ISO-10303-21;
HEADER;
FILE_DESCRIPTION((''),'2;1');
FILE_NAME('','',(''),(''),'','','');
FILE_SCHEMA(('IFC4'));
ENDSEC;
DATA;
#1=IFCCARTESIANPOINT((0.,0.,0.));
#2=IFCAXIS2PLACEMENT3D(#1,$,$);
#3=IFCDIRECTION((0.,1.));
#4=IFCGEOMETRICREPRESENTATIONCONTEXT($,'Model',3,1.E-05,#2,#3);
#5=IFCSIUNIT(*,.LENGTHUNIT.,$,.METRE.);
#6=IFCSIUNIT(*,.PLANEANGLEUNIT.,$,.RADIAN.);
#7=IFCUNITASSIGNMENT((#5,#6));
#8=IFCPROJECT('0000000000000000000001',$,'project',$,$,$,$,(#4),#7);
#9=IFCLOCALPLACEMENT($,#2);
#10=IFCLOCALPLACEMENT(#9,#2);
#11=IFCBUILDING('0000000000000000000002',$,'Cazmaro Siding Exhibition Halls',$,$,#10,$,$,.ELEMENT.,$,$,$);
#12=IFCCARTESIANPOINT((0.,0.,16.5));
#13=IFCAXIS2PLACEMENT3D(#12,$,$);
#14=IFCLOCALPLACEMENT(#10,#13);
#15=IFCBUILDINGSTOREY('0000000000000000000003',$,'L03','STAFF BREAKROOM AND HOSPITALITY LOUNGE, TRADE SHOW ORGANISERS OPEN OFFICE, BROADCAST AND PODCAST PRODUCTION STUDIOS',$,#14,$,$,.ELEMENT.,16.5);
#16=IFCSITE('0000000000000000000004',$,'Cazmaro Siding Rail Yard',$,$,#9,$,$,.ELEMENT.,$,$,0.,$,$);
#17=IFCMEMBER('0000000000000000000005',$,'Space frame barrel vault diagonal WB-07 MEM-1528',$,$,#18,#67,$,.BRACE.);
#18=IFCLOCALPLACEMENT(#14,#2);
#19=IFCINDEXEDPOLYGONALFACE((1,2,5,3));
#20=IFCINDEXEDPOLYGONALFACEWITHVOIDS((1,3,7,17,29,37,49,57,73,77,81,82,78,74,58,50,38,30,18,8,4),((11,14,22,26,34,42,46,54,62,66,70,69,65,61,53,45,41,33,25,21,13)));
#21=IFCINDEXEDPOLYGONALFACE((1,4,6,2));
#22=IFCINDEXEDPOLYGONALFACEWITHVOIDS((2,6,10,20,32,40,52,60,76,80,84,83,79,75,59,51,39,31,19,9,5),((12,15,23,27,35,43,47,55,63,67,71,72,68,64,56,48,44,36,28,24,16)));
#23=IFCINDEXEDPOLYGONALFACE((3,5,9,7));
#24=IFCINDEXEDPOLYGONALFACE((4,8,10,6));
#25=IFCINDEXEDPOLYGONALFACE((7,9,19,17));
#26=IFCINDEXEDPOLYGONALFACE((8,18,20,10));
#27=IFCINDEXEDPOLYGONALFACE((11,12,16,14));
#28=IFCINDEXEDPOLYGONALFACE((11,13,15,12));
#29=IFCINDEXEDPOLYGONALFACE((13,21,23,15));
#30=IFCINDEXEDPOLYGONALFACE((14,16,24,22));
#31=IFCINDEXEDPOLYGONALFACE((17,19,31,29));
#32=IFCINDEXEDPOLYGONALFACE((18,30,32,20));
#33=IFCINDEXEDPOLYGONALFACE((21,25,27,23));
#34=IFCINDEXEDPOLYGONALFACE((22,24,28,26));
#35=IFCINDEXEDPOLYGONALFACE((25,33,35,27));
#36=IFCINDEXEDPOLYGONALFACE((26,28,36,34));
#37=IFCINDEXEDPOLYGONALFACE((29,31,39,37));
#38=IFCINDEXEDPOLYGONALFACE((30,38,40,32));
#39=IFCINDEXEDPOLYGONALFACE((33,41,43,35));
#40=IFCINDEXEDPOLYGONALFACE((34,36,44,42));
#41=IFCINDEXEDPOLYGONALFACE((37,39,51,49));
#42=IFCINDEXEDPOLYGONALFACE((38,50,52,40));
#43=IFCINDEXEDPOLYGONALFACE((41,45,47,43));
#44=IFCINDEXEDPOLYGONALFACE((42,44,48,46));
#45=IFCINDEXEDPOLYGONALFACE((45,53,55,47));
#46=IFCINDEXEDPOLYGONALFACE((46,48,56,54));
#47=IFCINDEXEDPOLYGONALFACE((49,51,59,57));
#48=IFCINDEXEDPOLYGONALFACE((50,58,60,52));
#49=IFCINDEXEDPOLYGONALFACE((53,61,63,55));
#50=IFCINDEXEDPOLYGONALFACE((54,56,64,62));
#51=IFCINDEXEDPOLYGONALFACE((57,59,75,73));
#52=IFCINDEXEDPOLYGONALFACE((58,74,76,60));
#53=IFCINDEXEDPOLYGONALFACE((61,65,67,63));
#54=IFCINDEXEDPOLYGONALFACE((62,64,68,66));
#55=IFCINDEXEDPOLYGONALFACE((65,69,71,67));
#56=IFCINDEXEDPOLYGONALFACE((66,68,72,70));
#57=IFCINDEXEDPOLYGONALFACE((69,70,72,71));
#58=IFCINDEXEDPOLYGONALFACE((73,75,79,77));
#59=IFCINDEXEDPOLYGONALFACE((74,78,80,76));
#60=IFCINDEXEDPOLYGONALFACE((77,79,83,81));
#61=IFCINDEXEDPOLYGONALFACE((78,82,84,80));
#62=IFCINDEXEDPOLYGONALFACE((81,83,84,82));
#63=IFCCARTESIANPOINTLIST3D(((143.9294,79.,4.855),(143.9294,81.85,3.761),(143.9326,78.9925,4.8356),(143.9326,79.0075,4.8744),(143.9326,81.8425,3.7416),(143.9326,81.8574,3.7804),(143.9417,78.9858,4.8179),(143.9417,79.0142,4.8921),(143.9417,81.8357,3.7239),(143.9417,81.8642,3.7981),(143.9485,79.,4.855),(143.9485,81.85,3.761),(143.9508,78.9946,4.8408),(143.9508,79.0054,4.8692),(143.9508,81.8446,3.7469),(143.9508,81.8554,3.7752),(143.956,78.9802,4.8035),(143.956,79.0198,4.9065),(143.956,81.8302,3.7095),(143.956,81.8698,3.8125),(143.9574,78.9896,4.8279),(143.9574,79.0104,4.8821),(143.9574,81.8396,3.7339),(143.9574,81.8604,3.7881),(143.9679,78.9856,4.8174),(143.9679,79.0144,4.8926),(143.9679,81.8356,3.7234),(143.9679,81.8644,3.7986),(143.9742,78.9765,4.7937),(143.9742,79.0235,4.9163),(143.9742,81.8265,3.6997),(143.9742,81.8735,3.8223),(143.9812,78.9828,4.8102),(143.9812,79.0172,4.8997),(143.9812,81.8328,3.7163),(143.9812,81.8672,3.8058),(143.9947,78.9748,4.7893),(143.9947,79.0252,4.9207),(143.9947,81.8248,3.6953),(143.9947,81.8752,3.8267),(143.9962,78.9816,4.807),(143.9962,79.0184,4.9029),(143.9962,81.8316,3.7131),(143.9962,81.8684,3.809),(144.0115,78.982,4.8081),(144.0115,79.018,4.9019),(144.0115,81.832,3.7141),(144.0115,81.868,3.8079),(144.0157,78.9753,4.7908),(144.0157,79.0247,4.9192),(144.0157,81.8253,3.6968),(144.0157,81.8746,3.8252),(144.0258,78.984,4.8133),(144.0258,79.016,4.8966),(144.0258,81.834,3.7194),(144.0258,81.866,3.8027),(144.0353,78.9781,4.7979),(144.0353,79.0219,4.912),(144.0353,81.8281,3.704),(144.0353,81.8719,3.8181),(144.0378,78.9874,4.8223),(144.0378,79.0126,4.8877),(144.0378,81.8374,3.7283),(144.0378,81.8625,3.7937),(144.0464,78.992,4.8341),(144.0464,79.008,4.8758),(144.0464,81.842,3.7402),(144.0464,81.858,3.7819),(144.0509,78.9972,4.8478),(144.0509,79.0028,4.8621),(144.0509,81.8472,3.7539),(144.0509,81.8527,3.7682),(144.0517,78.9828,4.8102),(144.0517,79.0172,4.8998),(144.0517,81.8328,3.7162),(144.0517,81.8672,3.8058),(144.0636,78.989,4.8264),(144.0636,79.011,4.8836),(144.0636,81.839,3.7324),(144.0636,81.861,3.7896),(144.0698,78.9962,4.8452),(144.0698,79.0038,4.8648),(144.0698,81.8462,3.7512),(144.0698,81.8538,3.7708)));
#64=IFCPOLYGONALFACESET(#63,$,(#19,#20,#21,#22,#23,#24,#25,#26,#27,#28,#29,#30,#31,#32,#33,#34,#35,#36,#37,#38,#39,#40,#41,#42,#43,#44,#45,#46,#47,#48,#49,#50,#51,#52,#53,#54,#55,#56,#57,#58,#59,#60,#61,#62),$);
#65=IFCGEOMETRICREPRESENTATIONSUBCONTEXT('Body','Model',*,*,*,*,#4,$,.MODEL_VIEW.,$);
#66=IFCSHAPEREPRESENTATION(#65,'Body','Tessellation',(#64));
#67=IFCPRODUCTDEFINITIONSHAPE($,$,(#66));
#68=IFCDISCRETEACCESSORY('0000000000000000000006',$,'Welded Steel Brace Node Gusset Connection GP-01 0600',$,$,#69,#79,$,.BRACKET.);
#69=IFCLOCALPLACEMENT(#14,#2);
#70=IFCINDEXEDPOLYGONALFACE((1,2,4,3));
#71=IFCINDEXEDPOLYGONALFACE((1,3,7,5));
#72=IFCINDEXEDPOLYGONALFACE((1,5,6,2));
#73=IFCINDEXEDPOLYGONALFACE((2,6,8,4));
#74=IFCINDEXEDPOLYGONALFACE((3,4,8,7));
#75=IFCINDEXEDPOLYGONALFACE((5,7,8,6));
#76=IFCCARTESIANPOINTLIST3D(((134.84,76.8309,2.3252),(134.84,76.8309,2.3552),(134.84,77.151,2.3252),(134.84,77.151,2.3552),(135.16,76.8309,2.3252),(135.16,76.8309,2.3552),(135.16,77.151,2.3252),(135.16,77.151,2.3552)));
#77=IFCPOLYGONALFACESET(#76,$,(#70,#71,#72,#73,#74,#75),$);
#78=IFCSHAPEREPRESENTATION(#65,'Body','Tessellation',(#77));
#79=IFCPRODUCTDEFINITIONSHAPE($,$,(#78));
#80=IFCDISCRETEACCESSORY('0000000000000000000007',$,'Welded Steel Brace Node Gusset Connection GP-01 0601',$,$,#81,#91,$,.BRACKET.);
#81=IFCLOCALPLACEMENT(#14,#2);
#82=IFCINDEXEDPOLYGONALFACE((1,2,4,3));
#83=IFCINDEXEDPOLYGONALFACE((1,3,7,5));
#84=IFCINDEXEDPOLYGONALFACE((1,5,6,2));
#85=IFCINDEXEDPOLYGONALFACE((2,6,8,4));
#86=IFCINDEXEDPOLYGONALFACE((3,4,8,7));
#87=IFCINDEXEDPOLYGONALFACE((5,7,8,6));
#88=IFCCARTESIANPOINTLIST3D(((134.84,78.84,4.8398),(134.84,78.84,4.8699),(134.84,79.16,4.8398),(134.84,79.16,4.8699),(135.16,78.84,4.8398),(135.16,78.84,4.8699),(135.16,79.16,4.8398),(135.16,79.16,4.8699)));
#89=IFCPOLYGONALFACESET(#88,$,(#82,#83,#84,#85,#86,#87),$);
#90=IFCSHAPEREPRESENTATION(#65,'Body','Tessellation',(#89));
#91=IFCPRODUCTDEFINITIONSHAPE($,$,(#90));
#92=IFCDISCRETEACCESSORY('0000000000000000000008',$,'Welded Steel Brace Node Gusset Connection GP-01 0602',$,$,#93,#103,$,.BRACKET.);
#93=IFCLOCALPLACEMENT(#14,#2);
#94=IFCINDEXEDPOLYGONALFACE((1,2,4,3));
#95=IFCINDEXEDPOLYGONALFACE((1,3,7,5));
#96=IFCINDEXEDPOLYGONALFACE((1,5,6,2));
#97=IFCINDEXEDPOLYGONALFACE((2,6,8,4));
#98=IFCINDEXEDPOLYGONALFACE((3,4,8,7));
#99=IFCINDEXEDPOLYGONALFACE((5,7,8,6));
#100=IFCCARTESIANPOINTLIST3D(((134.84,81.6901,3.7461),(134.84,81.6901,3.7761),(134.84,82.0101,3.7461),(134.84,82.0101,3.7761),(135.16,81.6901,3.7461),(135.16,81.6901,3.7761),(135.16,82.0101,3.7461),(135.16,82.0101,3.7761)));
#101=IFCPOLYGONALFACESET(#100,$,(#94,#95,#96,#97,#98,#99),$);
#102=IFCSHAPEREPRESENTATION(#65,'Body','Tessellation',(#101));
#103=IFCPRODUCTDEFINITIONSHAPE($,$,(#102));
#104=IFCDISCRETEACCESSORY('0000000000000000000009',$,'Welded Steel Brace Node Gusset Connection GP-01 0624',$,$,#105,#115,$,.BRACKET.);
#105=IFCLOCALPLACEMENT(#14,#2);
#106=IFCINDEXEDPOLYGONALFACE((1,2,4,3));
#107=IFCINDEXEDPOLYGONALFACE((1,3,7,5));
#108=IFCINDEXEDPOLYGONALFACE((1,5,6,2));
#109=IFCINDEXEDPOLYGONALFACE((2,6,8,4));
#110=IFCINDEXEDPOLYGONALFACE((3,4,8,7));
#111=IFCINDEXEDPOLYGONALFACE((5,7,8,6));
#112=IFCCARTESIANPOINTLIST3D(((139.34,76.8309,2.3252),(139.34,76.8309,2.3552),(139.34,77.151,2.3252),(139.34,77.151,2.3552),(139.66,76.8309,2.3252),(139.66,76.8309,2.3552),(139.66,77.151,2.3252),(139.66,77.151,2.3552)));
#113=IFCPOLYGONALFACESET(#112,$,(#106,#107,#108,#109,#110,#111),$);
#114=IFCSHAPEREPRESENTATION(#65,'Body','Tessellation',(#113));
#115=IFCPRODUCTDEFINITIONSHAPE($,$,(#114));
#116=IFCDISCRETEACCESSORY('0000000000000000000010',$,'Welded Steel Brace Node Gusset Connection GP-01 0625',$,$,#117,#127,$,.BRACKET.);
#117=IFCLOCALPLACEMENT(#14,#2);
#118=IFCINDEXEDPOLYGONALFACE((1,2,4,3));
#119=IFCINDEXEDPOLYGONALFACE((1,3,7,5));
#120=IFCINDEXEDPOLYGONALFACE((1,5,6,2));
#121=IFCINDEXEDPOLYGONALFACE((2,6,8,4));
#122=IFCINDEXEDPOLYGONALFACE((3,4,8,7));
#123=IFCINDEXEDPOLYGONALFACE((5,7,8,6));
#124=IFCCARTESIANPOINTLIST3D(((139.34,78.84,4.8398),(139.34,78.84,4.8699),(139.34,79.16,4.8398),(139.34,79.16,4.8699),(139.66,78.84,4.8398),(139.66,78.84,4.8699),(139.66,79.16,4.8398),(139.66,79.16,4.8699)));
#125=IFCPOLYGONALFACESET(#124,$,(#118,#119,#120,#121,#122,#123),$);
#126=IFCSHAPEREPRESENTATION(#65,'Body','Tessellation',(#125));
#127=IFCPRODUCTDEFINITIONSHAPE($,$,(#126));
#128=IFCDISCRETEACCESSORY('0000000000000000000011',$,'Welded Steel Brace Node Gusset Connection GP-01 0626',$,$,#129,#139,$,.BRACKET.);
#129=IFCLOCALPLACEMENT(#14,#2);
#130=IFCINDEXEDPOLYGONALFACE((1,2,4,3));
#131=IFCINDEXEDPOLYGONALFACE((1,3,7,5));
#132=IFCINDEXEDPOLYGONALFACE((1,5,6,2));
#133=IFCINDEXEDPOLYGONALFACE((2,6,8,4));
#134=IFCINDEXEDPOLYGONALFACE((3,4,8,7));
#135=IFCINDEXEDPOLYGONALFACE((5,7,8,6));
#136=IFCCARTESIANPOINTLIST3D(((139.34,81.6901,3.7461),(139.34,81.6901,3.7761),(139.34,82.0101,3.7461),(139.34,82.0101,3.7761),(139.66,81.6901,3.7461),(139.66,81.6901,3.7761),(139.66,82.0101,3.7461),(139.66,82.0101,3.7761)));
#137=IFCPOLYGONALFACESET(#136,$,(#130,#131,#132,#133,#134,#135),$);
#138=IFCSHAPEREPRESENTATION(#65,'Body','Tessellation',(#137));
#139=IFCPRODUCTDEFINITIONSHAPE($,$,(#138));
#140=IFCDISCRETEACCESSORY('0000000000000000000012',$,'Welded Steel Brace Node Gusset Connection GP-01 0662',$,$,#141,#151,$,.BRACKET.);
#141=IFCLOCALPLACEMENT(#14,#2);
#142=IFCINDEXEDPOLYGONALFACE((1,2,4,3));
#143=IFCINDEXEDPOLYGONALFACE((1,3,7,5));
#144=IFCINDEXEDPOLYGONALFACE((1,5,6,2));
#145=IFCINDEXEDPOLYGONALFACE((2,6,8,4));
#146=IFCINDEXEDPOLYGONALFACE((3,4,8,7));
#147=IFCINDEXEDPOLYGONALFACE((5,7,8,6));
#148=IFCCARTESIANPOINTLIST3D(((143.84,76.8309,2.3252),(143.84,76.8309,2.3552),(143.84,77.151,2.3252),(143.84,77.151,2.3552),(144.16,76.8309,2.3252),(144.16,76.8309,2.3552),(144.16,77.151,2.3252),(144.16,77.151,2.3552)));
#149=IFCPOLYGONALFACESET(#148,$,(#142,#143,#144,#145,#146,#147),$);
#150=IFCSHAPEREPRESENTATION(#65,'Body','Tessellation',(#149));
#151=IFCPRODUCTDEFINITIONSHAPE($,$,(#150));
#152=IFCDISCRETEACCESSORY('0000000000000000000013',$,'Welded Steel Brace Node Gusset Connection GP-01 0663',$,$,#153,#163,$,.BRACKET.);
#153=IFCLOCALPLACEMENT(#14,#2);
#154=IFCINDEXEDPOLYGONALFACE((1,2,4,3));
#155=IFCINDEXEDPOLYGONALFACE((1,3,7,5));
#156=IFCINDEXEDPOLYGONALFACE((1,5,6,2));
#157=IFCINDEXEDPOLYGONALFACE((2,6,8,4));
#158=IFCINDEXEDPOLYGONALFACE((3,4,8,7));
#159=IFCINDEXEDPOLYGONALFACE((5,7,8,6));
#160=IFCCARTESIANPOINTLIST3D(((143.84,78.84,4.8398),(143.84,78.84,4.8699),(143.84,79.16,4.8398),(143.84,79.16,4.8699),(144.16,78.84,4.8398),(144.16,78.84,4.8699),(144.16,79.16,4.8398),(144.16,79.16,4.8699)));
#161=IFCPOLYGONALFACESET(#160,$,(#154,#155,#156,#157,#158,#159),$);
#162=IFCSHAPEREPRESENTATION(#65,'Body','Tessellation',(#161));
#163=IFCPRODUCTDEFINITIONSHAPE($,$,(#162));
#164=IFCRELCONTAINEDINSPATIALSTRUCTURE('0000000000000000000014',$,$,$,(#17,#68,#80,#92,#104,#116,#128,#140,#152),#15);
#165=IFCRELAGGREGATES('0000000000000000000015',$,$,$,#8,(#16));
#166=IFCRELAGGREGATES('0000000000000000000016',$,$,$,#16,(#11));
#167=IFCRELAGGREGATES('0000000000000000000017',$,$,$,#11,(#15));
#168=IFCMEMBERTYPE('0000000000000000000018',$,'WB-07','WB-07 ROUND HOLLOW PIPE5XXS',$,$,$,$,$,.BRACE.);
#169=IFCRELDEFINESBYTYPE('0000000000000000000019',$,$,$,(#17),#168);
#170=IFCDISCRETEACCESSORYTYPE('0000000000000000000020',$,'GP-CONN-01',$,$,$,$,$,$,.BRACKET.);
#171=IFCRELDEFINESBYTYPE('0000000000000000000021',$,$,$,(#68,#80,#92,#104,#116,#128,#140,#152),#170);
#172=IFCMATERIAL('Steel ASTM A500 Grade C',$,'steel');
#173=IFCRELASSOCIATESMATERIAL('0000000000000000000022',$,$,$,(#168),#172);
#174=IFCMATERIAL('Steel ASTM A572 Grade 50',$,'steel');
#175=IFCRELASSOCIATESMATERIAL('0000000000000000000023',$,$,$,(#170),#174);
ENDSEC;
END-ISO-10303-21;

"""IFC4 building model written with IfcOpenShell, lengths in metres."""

from ifc_helpers import new_model, si_unit, direction, frame, origin, origin_2d, place, context, subcontext, project, spatial, rectangle, hollow_circle, extrude, material, material_profile, profile_set, type_object, element, save


model = new_model("IFC4")

# Units and contexts
model_context = context("Model", 3, precision=1e-05, world=origin(), true_north=direction((0.0, 1.0)))
body_context = subcontext(model_context, "Body", "Model", "MODEL_VIEW")
ifc_project = project(units=[si_unit("LENGTHUNIT", "METRE"), si_unit("PLANEANGLEUNIT", "RADIAN")], contexts=[model_context])

# Site, building, storey
site_placement = place(None, origin())
site = spatial("IfcSite", under=ifc_project, at=site_placement, Name="Cazmaro Siding Rail Yard", CompositionType="ELEMENT", RefElevation=0.0)
building_placement = place(site_placement, origin())
building = spatial("IfcBuilding", under=site, at=building_placement, Name="Cazmaro Siding Exhibition Halls", CompositionType="ELEMENT")
storey_placement = place(building_placement, frame((0.0, 0.0, 16.5)))
storey = spatial("IfcBuildingStorey", under=building, at=storey_placement, Name="L03", Description="STAFF BREAKROOM AND HOSPITALITY LOUNGE, TRADE SHOW ORGANISERS OPEN OFFICE, BROADCAST AND PODCAST PRODUCTION STUDIOS", CompositionType="ELEMENT", Elevation=16.5)

# Member
ifc_material_1 = material(Name="Steel ASTM A500 Grade C", Category="steel")
ifc_material_profile_1 = material_profile(ifc_material_1, hollow_circle(Radius=0.0706, WallThickness=0.019, at=origin_2d()), Name="PIPE5XXS")
ifc_profile_set_1 = profile_set([ifc_material_profile_1], Name="Steel ASTM A500 Grade C")
member_type_1 = type_object("IfcMemberType", Name="WB-07", Description="WB-07 ROUND HOLLOW PIPE5XXS", PredefinedType="BRACE", material=ifc_profile_set_1)
member_1_placement = place(storey_placement, frame((144.0, 79.0, 4.855), z_axis=(0.0, 0.933587, -0.358352), x_axis=(-1.0, 0.0, 0.0)))
element("IfcMember", 1, at=member_1_placement, inside=storey, type_object=member_type_1, Name="Space frame barrel vault diagonal WB-07 MEM-1528", PredefinedType="BRACE", context=body_context, shape_type="SweptSolid", body=[
    extrude(hollow_circle(Radius=0.0706, WallThickness=0.019, at=origin_2d()), origin(), (0.0, 0.0, 1.0), 3.0527),
])

# Discrete accessories
ifc_material_2 = material(Name="Steel ASTM A572 Grade 50", Category="steel")
discrete_accessory_type = type_object("IfcDiscreteAccessoryType", Name="GP-CONN-01", PredefinedType="BRACKET", material=ifc_material_2)
for number, where, z_axis, x_axis, name in (
    (2, (135.0, 76.991, 2.3252), (0.0, 0.0, 1.0), (1.0, 0.0, 0.0), "Welded Steel Brace Node Gusset Connection GP-01 0600"),
    (3, (135.0, 79.0, 4.8398), (0.0, 0.0, 1.0), (1.0, 0.0, 0.0), "Welded Steel Brace Node Gusset Connection GP-01 0601"),
    (4, (135.0, 81.8501, 3.7461), (0.0, 0.0, 1.0), (1.0, 0.0, 0.0), "Welded Steel Brace Node Gusset Connection GP-01 0602"),
    (5, (139.5, 76.991, 2.3252), (0.0, 0.0, 1.0), (1.0, 0.0, 0.0), "Welded Steel Brace Node Gusset Connection GP-01 0624"),
    (6, (139.5, 79.0, 4.8398), (0.0, 0.0, 1.0), (1.0, 0.0, 0.0), "Welded Steel Brace Node Gusset Connection GP-01 0625"),
    (7, (139.5, 81.8501, 3.7461), (0.0, 0.0, 1.0), (1.0, 0.0, 0.0), "Welded Steel Brace Node Gusset Connection GP-01 0626"),
    (8, (144.0, 76.991, 2.3252), (0.0, 0.0, 1.0), (1.0, 0.0, 0.0), "Welded Steel Brace Node Gusset Connection GP-01 0662"),
    (9, (144.0, 79.0, 4.8398), (0.0, 0.0, 1.0), (1.0, 0.0, 0.0), "Welded Steel Brace Node Gusset Connection GP-01 0663"),
):
    element("IfcDiscreteAccessory", number, at=place(storey_placement, frame(where, z_axis=z_axis, x_axis=x_axis)), inside=storey, type_object=discrete_accessory_type, Name=name, PredefinedType="BRACKET", context=body_context, shape_type="SweptSolid", body=[
        extrude(rectangle(XDim=0.3201, YDim=0.3201, at=origin_2d()), origin(), (0.0, 0.0, 1.0), 0.03),
    ])

save(model, "model.ifc")
